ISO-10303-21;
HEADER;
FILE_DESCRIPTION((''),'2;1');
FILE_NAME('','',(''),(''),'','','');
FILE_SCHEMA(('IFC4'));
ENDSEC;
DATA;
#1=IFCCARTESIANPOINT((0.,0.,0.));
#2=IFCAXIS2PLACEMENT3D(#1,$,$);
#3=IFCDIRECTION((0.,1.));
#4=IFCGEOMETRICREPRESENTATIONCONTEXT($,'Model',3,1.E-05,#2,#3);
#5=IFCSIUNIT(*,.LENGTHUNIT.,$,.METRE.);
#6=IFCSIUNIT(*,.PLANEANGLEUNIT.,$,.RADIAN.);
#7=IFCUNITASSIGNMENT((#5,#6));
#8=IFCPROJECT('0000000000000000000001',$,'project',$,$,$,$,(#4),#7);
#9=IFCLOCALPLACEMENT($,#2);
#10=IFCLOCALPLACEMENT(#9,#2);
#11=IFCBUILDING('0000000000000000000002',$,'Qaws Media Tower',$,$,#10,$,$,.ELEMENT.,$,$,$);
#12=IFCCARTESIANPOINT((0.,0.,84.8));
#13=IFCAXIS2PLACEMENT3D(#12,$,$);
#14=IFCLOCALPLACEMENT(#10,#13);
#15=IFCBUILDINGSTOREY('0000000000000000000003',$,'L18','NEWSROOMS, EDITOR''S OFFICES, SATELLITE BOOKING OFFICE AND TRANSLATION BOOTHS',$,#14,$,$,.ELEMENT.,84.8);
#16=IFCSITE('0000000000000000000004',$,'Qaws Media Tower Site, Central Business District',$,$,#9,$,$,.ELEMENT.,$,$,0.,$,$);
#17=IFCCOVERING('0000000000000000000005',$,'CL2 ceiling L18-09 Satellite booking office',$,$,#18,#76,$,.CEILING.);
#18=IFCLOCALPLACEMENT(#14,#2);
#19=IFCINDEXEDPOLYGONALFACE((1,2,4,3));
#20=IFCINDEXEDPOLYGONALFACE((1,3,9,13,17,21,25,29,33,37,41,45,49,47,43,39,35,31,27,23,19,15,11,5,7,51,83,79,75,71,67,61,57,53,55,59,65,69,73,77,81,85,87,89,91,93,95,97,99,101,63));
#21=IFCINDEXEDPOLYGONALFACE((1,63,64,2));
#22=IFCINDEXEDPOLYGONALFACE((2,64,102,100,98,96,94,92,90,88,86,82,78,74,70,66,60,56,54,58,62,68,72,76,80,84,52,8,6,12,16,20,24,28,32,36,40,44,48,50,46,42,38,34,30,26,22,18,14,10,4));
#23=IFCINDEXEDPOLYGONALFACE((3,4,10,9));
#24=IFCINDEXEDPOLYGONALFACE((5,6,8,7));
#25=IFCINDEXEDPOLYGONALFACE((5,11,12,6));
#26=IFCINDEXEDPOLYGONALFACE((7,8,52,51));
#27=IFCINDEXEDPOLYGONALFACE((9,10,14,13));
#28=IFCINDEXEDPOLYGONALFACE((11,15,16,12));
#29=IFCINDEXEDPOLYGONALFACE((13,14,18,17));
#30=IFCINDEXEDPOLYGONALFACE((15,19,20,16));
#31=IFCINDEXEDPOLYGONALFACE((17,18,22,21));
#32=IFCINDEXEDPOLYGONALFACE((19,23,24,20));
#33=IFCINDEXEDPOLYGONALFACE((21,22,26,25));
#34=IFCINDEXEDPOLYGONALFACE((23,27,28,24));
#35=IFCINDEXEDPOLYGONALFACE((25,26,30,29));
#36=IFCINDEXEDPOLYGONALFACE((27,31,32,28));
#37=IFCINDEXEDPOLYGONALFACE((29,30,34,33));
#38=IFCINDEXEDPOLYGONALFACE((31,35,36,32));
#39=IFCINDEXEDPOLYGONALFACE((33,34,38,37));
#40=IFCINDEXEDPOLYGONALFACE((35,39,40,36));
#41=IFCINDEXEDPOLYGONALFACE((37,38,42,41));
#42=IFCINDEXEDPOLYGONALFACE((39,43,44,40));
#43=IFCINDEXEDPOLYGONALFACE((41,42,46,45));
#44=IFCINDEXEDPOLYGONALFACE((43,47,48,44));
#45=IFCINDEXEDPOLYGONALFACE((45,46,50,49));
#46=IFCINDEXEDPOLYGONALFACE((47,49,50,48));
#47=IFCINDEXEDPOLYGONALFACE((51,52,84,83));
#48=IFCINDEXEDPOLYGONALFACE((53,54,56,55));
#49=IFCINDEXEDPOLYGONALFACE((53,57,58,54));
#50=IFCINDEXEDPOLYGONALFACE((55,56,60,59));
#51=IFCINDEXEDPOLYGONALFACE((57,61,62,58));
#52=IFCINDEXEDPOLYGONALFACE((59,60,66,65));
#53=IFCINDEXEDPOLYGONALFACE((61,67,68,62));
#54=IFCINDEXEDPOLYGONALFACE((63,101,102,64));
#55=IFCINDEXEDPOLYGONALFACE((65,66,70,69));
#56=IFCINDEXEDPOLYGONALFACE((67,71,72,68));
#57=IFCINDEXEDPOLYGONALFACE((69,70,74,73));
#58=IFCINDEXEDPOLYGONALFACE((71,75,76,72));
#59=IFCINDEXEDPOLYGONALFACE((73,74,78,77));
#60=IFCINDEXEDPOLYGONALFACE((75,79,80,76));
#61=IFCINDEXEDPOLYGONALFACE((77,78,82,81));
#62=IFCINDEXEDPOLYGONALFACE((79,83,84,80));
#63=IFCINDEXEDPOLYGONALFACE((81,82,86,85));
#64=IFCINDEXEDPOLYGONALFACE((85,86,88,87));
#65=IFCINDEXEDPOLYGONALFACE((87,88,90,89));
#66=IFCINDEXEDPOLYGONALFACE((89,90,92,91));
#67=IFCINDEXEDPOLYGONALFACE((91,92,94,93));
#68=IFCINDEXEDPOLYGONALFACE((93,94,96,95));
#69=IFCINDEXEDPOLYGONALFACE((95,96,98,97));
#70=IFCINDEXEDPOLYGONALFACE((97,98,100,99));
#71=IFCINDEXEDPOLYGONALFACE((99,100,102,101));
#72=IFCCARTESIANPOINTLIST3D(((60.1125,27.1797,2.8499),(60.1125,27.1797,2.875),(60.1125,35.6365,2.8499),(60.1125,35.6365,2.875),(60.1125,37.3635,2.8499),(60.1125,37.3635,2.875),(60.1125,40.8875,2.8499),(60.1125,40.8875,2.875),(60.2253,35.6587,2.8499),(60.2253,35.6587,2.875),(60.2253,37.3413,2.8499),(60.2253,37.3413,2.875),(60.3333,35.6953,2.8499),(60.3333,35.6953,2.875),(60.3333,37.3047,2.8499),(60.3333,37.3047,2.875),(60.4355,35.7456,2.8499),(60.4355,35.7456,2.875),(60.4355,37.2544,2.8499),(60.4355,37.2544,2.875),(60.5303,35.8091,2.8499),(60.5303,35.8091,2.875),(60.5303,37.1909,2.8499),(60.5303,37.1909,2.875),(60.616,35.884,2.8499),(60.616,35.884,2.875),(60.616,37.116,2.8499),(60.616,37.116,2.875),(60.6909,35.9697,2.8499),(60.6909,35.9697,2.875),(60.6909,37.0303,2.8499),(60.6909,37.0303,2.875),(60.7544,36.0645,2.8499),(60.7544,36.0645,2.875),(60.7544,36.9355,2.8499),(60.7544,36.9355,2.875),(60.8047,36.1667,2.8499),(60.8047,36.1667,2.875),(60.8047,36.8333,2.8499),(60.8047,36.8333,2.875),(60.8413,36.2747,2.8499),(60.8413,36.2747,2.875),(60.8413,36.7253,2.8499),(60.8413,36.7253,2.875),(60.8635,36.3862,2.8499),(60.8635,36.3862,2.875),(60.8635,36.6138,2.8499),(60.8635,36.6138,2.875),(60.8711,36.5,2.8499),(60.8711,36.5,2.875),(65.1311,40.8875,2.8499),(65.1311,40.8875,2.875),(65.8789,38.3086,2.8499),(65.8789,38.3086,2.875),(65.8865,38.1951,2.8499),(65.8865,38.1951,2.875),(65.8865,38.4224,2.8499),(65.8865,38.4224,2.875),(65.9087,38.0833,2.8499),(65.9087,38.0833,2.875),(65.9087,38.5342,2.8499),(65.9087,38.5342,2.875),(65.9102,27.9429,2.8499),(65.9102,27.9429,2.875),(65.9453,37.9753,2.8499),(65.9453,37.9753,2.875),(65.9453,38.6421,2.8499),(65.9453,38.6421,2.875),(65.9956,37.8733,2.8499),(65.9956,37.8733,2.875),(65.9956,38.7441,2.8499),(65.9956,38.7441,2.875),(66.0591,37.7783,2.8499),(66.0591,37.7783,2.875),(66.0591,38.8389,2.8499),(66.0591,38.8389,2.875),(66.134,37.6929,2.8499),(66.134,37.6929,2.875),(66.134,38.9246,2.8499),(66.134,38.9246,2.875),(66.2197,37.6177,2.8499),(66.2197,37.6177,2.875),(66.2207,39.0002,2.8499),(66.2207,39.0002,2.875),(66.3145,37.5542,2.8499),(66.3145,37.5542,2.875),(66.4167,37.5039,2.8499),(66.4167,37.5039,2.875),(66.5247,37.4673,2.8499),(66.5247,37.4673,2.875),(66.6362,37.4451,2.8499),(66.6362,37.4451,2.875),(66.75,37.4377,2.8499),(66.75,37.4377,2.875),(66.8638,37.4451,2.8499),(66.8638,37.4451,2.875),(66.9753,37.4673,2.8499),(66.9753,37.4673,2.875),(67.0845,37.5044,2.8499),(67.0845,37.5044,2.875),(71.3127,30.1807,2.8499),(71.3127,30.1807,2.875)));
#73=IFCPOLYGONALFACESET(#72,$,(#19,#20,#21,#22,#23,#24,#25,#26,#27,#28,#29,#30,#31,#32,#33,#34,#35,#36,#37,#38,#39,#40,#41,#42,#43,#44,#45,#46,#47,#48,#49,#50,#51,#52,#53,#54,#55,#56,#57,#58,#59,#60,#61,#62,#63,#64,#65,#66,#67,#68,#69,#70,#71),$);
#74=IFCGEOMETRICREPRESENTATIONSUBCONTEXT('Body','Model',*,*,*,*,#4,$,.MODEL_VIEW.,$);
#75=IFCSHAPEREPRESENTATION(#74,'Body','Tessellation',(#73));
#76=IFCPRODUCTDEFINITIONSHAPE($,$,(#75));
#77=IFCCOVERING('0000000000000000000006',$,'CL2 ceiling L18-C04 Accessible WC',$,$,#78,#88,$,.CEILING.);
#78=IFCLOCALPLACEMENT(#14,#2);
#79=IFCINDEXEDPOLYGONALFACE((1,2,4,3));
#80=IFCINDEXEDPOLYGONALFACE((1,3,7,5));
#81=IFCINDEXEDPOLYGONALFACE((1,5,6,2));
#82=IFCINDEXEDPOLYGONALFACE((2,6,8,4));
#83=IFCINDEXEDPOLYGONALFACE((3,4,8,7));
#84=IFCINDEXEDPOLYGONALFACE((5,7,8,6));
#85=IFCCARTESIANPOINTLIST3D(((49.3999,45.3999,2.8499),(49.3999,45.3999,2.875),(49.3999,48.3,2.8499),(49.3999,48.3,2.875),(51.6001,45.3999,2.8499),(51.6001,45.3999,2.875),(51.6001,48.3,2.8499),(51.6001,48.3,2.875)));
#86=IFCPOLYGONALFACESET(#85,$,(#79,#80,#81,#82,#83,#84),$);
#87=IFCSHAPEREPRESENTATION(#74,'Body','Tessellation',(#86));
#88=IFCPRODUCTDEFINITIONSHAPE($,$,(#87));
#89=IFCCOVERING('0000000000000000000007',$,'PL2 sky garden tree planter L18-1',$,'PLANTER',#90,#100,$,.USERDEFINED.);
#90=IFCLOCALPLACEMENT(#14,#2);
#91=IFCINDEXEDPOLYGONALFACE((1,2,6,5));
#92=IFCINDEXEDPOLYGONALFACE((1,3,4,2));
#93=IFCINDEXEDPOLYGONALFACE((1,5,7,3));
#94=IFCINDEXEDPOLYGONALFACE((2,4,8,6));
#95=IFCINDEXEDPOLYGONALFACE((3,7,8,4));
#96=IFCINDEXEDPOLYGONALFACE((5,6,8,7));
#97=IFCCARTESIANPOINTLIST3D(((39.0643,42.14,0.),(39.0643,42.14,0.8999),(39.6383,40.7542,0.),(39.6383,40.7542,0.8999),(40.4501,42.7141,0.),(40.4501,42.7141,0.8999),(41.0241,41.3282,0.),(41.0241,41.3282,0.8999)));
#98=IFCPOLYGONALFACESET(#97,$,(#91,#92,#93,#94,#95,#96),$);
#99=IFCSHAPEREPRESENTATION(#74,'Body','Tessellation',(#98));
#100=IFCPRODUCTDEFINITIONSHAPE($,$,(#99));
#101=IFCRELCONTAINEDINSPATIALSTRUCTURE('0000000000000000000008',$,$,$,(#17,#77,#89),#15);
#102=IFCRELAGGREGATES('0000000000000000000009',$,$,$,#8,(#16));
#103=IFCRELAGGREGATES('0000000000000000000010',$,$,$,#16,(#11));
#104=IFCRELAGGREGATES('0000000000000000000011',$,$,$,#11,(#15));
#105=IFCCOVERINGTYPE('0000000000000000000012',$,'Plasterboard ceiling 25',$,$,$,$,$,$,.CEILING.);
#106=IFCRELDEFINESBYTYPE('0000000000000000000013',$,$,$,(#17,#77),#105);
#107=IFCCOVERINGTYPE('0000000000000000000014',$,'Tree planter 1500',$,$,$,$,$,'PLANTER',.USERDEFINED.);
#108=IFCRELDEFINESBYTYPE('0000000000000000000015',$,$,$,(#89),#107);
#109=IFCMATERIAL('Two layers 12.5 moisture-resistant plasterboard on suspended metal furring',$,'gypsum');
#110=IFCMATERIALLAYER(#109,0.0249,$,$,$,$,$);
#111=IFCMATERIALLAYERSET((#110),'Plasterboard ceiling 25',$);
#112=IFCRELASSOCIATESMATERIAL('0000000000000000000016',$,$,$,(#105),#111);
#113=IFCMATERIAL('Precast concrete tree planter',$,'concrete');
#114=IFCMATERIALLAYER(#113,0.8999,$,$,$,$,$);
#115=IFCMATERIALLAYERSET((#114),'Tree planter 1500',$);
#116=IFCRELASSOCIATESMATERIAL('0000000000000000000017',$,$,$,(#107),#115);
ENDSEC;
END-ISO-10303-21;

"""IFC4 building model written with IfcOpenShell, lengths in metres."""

from ifc_helpers import new_model, si_unit, direction, frame, origin, origin_2d, place, context, subcontext, project, spatial, polyline, rectangle, outline, extrude, material, layer, layer_set, type_object, element, save


model = new_model("IFC4")

# Units and contexts
model_context = context("Model", 3, precision=1e-05, world=origin(), true_north=direction((0.0, 1.0)))
body_context = subcontext(model_context, "Body", "Model", "MODEL_VIEW")
ifc_project = project(units=[si_unit("LENGTHUNIT", "METRE"), si_unit("PLANEANGLEUNIT", "RADIAN")], contexts=[model_context])

# Site, building, storey
site_placement = place(None, origin())
site = spatial("IfcSite", under=ifc_project, at=site_placement, Name="Qaws Media Tower Site, Central Business District", CompositionType="ELEMENT", RefElevation=0.0)
building_placement = place(site_placement, origin())
building = spatial("IfcBuilding", under=site, at=building_placement, Name="Qaws Media Tower", CompositionType="ELEMENT")
storey_placement = place(building_placement, frame((0.0, 0.0, 84.8)))
storey = spatial("IfcBuildingStorey", under=building, at=storey_placement, Name="L18", Description="NEWSROOMS, EDITOR'S OFFICES, SATELLITE BOOKING OFFICE AND TRANSLATION BOOTHS", CompositionType="ELEMENT", Elevation=84.8)

# Coverings
ifc_material_1 = material(Name="Two layers 12.5 moisture-resistant plasterboard on suspended metal furring", Category="gypsum")
ifc_layer_1 = layer(ifc_material_1, 0.0249)
ifc_layer_set_1 = layer_set([ifc_layer_1], Name="Plasterboard ceiling 25")
covering_type_1 = type_object("IfcCoveringType", Name="Plasterboard ceiling 25", PredefinedType="CEILING", material=ifc_layer_set_1)
covering_1_placement = place(storey_placement, frame((0.0, 0.0, 2.8499)))
element("IfcCovering", 1, at=covering_1_placement, inside=storey, type_object=covering_type_1, Name="CL2 ceiling L18-09 Satellite booking office", PredefinedType="CEILING", context=body_context, shape_type="SweptSolid", body=[
    extrude(outline(polyline([(65.9102, 27.9429), (60.1125, 27.1797), (60.1125, 35.6365), (60.2253, 35.6587), (60.3333, 35.6953), (60.4355, 35.7456), (60.5303, 35.8091), (60.616, 35.884), (60.6909, 35.9697), (60.7544, 36.0645), (60.8047, 36.1667), (60.8413, 36.2747), (60.8635, 36.3862), (60.8711, 36.5), (60.8635, 36.6138), (60.8413, 36.7253), (60.8047, 36.8333), (60.7544, 36.9355), (60.6909, 37.0303), (60.616, 37.116), (60.5303, 37.1909), (60.4355, 37.2544), (60.3333, 37.3047), (60.2253, 37.3413), (60.1125, 37.3635), (60.1125, 40.8875), (65.1311, 40.8875), (66.2207, 39.0002), (66.134, 38.9246), (66.0591, 38.8389), (65.9956, 38.7441), (65.9453, 38.6421), (65.9087, 38.5342), (65.8865, 38.4224), (65.8789, 38.3086), (65.8865, 38.1951), (65.9087, 38.0833), (65.9453, 37.9753), (65.9956, 37.8733), (66.0591, 37.7783), (66.134, 37.6929), (66.2197, 37.6177), (66.3145, 37.5542), (66.4167, 37.5039), (66.5247, 37.4673), (66.6362, 37.4451), (66.75, 37.4377), (66.8638, 37.4451), (66.9753, 37.4673), (67.0845, 37.5044), (71.3127, 30.1807), (65.9102, 27.9429)])), origin(), (0.0, 0.0, 1.0), 0.0251),
])
covering_2_placement = place(storey_placement, frame((0.0, 0.0, 2.8499)))
element("IfcCovering", 2, at=covering_2_placement, inside=storey, type_object=covering_type_1, Name="CL2 ceiling L18-C04 Accessible WC", PredefinedType="CEILING", context=body_context, shape_type="SweptSolid", body=[
    extrude(outline(polyline([(49.3999, 45.3999), (49.3999, 48.3), (51.6001, 48.3), (51.6001, 45.3999), (49.3999, 45.3999)])), origin(), (0.0, 0.0, 1.0), 0.0251),
])
ifc_material_2 = material(Name="Precast concrete tree planter", Category="concrete")
ifc_layer_2 = layer(ifc_material_2, 0.8999)
ifc_layer_set_2 = layer_set([ifc_layer_2], Name="Tree planter 1500")
covering_type_2 = type_object("IfcCoveringType", Name="Tree planter 1500", ElementType="PLANTER", PredefinedType="USERDEFINED", material=ifc_layer_set_2)
covering_3_placement = place(storey_placement, frame((40.0442, 41.7341, 0.0), z_axis=(0.0, 0.0, 1.0), x_axis=(-0.92388, -0.382683, 0.0)))
element("IfcCovering", 3, at=covering_3_placement, inside=storey, type_object=covering_type_2, Name="PL2 sky garden tree planter L18-1", ObjectType="PLANTER", PredefinedType="USERDEFINED", context=body_context, shape_type="SweptSolid", body=[
    extrude(rectangle(XDim=1.5, YDim=1.5, at=origin_2d()), origin(), (0.0, 0.0, 1.0), 0.8999),
])

save(model, "model.ifc")
